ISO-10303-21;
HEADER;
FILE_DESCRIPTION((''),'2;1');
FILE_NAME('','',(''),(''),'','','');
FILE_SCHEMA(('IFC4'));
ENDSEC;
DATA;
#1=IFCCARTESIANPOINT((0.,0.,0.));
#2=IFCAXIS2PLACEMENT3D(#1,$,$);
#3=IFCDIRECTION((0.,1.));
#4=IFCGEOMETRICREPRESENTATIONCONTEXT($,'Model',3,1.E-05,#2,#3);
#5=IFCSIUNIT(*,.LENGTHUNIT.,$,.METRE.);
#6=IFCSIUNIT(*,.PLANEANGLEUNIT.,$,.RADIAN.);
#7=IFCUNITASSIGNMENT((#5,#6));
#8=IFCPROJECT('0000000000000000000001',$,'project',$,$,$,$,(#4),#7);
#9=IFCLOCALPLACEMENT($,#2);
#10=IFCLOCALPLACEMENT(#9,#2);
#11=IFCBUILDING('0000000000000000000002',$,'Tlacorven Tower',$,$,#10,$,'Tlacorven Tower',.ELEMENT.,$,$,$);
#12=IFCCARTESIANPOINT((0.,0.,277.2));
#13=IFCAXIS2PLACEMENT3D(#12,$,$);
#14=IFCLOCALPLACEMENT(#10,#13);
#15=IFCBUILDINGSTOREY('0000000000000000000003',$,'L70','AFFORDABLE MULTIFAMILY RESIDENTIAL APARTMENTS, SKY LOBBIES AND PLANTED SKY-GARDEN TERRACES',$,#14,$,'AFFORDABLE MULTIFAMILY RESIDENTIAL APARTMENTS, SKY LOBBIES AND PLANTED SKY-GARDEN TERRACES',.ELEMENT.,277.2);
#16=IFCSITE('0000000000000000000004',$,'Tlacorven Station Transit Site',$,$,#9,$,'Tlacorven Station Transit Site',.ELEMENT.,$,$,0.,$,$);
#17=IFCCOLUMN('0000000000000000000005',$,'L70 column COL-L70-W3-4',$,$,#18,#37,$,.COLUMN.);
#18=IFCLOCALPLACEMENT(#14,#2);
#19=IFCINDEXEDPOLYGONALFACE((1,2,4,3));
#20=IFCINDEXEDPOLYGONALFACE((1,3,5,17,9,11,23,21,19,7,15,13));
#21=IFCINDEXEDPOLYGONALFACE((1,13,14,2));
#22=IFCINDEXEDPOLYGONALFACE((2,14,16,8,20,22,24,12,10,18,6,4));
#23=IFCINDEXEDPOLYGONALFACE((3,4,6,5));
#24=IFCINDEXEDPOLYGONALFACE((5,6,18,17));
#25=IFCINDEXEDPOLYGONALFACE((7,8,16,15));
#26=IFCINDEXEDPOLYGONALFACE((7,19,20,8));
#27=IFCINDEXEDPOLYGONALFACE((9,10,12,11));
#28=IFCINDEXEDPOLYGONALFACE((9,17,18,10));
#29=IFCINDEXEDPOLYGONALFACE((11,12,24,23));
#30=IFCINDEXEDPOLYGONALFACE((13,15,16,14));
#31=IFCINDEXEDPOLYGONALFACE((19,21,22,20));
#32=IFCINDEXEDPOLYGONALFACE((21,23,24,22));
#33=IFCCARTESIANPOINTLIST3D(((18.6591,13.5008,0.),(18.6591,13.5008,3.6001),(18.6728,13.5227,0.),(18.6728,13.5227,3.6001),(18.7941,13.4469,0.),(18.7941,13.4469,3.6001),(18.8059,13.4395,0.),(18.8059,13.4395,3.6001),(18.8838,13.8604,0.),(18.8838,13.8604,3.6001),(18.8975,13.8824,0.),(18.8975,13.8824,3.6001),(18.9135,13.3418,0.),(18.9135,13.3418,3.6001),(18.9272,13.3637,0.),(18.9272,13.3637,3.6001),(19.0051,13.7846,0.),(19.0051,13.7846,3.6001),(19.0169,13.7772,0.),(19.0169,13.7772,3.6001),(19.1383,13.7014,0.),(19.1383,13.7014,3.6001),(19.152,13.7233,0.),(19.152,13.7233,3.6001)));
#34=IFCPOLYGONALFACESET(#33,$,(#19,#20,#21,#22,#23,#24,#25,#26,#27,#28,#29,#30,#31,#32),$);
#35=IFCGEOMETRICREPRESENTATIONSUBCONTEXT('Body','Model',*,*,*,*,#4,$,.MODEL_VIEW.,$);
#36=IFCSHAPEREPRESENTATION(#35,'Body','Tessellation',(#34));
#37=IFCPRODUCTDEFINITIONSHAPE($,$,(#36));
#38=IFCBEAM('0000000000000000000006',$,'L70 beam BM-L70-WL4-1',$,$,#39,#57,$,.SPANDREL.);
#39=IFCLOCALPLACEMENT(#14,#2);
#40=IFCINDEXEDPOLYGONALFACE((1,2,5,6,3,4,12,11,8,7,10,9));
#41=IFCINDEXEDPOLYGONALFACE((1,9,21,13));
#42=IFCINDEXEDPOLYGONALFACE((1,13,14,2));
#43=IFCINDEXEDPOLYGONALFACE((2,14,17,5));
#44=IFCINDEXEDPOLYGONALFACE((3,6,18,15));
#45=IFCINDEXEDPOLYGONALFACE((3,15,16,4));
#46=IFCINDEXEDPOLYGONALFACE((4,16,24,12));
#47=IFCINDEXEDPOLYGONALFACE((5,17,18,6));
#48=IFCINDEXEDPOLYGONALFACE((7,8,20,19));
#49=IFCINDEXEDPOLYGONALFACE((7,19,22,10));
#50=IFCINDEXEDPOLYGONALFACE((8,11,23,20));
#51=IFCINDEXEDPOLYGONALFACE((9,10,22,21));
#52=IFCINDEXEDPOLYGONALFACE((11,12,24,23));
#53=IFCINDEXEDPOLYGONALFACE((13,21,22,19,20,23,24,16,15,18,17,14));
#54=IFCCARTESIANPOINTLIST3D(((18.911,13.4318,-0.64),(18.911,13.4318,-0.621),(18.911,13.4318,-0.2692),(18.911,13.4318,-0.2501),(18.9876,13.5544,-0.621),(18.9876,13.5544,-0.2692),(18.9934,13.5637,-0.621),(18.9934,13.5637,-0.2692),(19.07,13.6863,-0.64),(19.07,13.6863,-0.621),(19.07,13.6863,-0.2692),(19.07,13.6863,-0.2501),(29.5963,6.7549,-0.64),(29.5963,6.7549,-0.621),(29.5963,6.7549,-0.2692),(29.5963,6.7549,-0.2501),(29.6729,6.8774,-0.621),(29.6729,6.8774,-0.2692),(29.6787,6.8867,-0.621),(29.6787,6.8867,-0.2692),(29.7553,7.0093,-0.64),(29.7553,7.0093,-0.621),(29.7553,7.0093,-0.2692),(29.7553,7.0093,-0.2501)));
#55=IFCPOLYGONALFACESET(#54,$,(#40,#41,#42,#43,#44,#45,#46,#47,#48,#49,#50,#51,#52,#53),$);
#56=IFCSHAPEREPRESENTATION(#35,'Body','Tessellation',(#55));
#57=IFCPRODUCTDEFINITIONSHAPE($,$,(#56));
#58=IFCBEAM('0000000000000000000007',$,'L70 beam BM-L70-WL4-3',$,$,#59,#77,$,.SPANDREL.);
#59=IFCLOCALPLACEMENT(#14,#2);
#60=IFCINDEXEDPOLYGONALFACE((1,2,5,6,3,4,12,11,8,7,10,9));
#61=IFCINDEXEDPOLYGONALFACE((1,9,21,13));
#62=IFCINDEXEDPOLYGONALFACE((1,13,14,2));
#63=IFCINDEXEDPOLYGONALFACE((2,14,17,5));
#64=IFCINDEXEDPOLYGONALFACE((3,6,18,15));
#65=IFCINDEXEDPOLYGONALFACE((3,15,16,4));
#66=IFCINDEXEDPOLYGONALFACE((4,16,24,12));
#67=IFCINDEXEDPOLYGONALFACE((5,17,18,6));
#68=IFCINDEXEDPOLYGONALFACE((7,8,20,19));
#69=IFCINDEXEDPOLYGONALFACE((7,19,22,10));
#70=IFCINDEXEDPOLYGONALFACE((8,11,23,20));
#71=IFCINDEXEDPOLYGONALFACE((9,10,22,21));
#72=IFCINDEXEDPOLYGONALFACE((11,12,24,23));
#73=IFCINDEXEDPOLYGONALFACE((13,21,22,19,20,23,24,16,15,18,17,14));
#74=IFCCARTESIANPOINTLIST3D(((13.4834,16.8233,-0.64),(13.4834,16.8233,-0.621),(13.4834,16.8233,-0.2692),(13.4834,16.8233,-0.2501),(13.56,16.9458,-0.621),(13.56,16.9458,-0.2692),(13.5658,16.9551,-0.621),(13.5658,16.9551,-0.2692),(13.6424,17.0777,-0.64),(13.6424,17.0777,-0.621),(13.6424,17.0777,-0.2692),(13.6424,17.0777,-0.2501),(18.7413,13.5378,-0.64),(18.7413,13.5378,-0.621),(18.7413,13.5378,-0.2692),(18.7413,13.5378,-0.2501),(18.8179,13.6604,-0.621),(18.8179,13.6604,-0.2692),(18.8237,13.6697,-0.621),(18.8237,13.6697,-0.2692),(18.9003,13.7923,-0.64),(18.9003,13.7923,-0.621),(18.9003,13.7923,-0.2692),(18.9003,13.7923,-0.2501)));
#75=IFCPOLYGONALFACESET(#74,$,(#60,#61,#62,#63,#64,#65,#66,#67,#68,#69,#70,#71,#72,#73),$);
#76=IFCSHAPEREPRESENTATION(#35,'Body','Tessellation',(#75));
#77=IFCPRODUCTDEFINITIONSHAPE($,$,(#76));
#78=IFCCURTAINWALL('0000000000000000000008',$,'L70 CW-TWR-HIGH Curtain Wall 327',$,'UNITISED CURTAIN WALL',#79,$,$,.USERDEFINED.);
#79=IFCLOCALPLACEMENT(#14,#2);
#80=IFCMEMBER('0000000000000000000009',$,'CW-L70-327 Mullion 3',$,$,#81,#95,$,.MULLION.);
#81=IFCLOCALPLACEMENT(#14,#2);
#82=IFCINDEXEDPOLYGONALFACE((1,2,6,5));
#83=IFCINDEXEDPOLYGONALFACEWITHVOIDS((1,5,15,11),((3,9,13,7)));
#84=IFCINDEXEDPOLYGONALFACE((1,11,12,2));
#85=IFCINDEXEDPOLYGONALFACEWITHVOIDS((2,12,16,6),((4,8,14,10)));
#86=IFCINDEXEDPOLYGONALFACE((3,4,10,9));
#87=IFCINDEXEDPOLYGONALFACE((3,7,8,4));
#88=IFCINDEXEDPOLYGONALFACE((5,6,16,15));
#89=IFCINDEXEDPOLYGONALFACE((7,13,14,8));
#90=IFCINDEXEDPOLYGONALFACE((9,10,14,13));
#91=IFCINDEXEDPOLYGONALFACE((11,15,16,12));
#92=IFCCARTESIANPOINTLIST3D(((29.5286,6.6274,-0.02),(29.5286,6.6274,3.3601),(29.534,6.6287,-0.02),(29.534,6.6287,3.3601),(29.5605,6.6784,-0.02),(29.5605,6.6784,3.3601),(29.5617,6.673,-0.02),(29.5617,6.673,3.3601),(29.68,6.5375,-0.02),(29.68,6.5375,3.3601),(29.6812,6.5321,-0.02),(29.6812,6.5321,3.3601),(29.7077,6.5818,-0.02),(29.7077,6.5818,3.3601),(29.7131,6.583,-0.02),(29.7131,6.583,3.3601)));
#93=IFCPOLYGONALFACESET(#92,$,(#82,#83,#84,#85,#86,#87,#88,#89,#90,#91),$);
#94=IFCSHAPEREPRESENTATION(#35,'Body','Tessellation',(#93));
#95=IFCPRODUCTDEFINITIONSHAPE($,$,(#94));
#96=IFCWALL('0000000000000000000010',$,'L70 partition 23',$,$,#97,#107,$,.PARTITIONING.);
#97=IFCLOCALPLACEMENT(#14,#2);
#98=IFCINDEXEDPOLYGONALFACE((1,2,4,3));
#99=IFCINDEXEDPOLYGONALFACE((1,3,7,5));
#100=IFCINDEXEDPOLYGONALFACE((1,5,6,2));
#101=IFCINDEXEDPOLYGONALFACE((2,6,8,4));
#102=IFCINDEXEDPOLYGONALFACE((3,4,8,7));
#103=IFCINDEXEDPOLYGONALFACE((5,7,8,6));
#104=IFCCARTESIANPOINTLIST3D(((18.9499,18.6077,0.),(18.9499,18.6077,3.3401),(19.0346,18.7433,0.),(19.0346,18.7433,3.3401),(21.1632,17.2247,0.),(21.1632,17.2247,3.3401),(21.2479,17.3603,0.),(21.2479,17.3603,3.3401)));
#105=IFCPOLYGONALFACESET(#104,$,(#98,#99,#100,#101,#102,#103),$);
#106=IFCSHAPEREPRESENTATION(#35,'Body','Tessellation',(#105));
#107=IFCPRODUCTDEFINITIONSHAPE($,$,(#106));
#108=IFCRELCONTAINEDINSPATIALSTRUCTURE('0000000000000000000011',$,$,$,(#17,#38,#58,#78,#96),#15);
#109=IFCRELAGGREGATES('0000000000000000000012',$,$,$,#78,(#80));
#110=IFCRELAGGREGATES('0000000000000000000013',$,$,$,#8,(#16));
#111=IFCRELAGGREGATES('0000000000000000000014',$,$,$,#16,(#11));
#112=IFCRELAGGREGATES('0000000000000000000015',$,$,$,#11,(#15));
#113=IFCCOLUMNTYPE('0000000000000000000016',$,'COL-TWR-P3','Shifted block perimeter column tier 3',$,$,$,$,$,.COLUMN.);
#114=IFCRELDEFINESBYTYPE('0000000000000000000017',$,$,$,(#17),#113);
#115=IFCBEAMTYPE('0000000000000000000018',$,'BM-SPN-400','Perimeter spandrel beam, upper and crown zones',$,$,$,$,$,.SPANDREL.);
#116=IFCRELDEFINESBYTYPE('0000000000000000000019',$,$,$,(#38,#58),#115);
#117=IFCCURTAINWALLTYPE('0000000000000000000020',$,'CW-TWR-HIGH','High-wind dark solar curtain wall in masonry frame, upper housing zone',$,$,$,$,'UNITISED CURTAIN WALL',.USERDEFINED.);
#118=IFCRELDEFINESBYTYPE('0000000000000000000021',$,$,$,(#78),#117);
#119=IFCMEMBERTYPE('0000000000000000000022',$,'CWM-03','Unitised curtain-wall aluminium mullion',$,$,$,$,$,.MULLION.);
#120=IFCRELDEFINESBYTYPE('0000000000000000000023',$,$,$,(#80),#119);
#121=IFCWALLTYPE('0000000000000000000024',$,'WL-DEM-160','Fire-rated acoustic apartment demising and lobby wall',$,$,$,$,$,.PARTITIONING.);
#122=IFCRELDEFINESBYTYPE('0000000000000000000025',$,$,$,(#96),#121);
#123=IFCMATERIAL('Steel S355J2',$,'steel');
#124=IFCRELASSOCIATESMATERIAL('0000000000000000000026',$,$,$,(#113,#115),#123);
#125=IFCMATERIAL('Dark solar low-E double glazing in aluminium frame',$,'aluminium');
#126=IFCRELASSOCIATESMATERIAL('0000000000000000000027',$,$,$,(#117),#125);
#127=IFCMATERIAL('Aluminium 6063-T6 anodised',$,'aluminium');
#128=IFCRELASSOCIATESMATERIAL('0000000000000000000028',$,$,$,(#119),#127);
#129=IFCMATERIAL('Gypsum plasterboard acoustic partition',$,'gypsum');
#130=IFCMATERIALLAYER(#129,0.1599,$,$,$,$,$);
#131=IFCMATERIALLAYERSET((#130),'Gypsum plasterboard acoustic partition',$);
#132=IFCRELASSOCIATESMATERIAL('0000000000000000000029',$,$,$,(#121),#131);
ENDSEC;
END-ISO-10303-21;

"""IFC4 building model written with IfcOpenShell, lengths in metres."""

from ifc_helpers import new_model, si_unit, direction, frame, frame_2d, origin, origin_2d, place, context, subcontext, project, spatial, rectangle, hollow_rectangle, i_section, extrude, source, transform, mapped, material, layer, layer_set, material_profile, profile_set, type_object, element, aggregate, save


model = new_model("IFC4")

# Units and contexts
model_context = context("Model", 3, precision=1e-05, world=origin(), true_north=direction((0.0, 1.0)))
body_context = subcontext(model_context, "Body", "Model", "MODEL_VIEW")
ifc_project = project(units=[si_unit("LENGTHUNIT", "METRE"), si_unit("PLANEANGLEUNIT", "RADIAN")], contexts=[model_context])

# Site, building, storey
site_placement = place(None, origin())
site = spatial("IfcSite", under=ifc_project, at=site_placement, Name="Tlacorven Station Transit Site", LongName="Tlacorven Station Transit Site", CompositionType="ELEMENT", RefElevation=0.0)
building_placement = place(site_placement, origin())
building = spatial("IfcBuilding", under=site, at=building_placement, Name="Tlacorven Tower", LongName="Tlacorven Tower", CompositionType="ELEMENT")
storey_placement = place(building_placement, frame((0.0, 0.0, 277.2)))
storey = spatial("IfcBuildingStorey", under=building, at=storey_placement, Name="L70", Description="AFFORDABLE MULTIFAMILY RESIDENTIAL APARTMENTS, SKY LOBBIES AND PLANTED SKY-GARDEN TERRACES", LongName="AFFORDABLE MULTIFAMILY RESIDENTIAL APARTMENTS, SKY LOBBIES AND PLANTED SKY-GARDEN TERRACES", CompositionType="ELEMENT", Elevation=277.2)

# Column
ifc_material_1 = material(Name="Steel S355J2", Category="steel")
ifc_material_profile_1 = material_profile(ifc_material_1, i_section(OverallWidth=0.3, OverallDepth=0.45, WebThickness=0.0139, FlangeThickness=0.0259, at=origin_2d()), Name="HEB 450")
ifc_profile_set_1 = profile_set([ifc_material_profile_1], Name="Steel S355J2")
column_type = type_object("IfcColumnType", Name="COL-TWR-P3", Description="Shifted block perimeter column tier 3", PredefinedType="COLUMN", material=ifc_profile_set_1)
shared_shape_1 = source(origin(), body_context, "Body", "SweptSolid", [
    extrude(i_section(OverallWidth=0.3, OverallDepth=0.45, WebThickness=0.0139, FlangeThickness=0.0259, at=origin_2d()), origin(), (0.0, 0.0, 1.0), 3.6001),
])
column_placement = place(storey_placement, frame((18.9055, 13.6121, 0.0), z_axis=(0.0, 0.0, 1.0), x_axis=(-0.848048, 0.529919, 0.0)))
element("IfcColumn", 1, at=column_placement, inside=storey, type_object=column_type, Name="L70 column COL-L70-W3-4", PredefinedType="COLUMN", context=body_context, shape_type="MappedRepresentation", body=[
    mapped(shared_shape_1, transform((0.0, 0.0, 0.0), scale=1.0)),
])

# Beams
ifc_material_profile_2 = material_profile(ifc_material_1, i_section(OverallWidth=0.3, OverallDepth=0.3899, WebThickness=0.011, FlangeThickness=0.019, at=origin_2d()), Name="HEA 400")
ifc_profile_set_2 = profile_set([ifc_material_profile_2], Name="Steel S355J2")
beam_type = type_object("IfcBeamType", Name="BM-SPN-400", Description="Perimeter spandrel beam, upper and crown zones", PredefinedType="SPANDREL", material=ifc_profile_set_2)
shared_shape_2 = source(origin(), body_context, "Body", "SweptSolid", [
    extrude(i_section(OverallWidth=0.3, OverallDepth=0.3899, WebThickness=0.011, FlangeThickness=0.019, at=origin_2d()), origin(), (0.0, 0.0, 1.0), 12.5999),
])
beam_1_placement = place(storey_placement, frame((29.6758, 6.8821, -0.4451), z_axis=(-0.848045, 0.529924, 0.0), x_axis=(-0.529924, -0.848045, 0.0)))
element("IfcBeam", 2, at=beam_1_placement, inside=storey, type_object=beam_type, Name="L70 beam BM-L70-WL4-1", PredefinedType="SPANDREL", context=body_context, shape_type="MappedRepresentation", body=[
    mapped(shared_shape_2, transform((0.0, 0.0, 0.0), scale=1.0)),
])
shared_shape_3 = source(origin(), body_context, "Body", "SweptSolid", [
    extrude(i_section(OverallWidth=0.3, OverallDepth=0.3899, WebThickness=0.011, FlangeThickness=0.019, at=origin_2d()), origin(), (0.0, 0.0, 1.0), 6.2),
])
beam_2_placement = place(storey_placement, frame((18.8208, 13.665, -0.4451), z_axis=(-0.848051, 0.529914, 0.0), x_axis=(-0.529914, -0.848051, 0.0)))
element("IfcBeam", 3, at=beam_2_placement, inside=storey, type_object=beam_type, Name="L70 beam BM-L70-WL4-3", PredefinedType="SPANDREL", context=body_context, shape_type="MappedRepresentation", body=[
    mapped(shared_shape_3, transform((0.0, 0.0, 0.0), scale=1.0)),
])

# Curtain wall, member
ifc_material_2 = material(Name="Dark solar low-E double glazing in aluminium frame", Category="aluminium")
curtain_wall_type = type_object("IfcCurtainWallType", Name="CW-TWR-HIGH", Description="High-wind dark solar curtain wall in masonry frame, upper housing zone", ElementType="UNITISED CURTAIN WALL", PredefinedType="USERDEFINED", material=ifc_material_2)
curtain_wall_placement = place(storey_placement, origin())
curtain_wall = element("IfcCurtainWall", 4, at=curtain_wall_placement, inside=storey, type_object=curtain_wall_type, Name="L70 CW-TWR-HIGH Curtain Wall 327", ObjectType="UNITISED CURTAIN WALL", PredefinedType="USERDEFINED")
ifc_material_3 = material(Name="Aluminium 6063-T6 anodised", Category="aluminium")
ifc_material_profile_3 = material_profile(ifc_material_3, hollow_rectangle(XDim=0.0601, YDim=0.1799, WallThickness=0.0039, at=origin_2d()), Name="ALU MULLION 60X180")
ifc_profile_set_3 = profile_set([ifc_material_profile_3], Name="Aluminium 6063-T6 anodised")
member_type = type_object("IfcMemberType", Name="CWM-03", Description="Unitised curtain-wall aluminium mullion", PredefinedType="MULLION", material=ifc_profile_set_3)
shared_shape_4 = source(origin(), body_context, "Body", "SweptSolid", [
    extrude(hollow_rectangle(XDim=0.0601, YDim=0.1799, WallThickness=0.0039, at=origin_2d()), origin(), (0.0, 0.0, 1.0), 3.3801),
])
member_placement = place(storey_placement, frame((29.6208, 6.6052, -0.02), z_axis=(0.0, 0.0, 1.0), x_axis=(-0.529919, -0.848048, 0.0)))
member = element("IfcMember", 5, at=member_placement, type_object=member_type, Name="CW-L70-327 Mullion 3", PredefinedType="MULLION", context=body_context, shape_type="MappedRepresentation", body=[
    mapped(shared_shape_4, transform((0.0, 0.0, 0.0), scale=1.0)),
])
aggregate(curtain_wall, [member])

# Wall
ifc_material_4 = material(Name="Gypsum plasterboard acoustic partition", Category="gypsum")
ifc_layer_1 = layer(ifc_material_4, 0.1599)
ifc_layer_set_1 = layer_set([ifc_layer_1], Name="Gypsum plasterboard acoustic partition")
wall_type_1 = type_object("IfcWallType", Name="WL-DEM-160", Description="Fire-rated acoustic apartment demising and lobby wall", PredefinedType="PARTITIONING", material=ifc_layer_set_1)
wall_1_placement = place(storey_placement, frame((21.2056, 17.2925, 0.0), z_axis=(0.0, 0.0, 1.0), x_axis=(-0.848051, 0.529915, 0.0)))
element("IfcWall", 6, at=wall_1_placement, inside=storey, type_object=wall_type_1, Name="L70 partition 23", PredefinedType="PARTITIONING", context=body_context, shape_type="SweptSolid", body=[
    extrude(rectangle(XDim=2.6099, YDim=0.1599, at=frame_2d((1.3049, 0.0))), origin(), (0.0, 0.0, 1.0), 3.3401),
])

save(model, "model.ifc")
